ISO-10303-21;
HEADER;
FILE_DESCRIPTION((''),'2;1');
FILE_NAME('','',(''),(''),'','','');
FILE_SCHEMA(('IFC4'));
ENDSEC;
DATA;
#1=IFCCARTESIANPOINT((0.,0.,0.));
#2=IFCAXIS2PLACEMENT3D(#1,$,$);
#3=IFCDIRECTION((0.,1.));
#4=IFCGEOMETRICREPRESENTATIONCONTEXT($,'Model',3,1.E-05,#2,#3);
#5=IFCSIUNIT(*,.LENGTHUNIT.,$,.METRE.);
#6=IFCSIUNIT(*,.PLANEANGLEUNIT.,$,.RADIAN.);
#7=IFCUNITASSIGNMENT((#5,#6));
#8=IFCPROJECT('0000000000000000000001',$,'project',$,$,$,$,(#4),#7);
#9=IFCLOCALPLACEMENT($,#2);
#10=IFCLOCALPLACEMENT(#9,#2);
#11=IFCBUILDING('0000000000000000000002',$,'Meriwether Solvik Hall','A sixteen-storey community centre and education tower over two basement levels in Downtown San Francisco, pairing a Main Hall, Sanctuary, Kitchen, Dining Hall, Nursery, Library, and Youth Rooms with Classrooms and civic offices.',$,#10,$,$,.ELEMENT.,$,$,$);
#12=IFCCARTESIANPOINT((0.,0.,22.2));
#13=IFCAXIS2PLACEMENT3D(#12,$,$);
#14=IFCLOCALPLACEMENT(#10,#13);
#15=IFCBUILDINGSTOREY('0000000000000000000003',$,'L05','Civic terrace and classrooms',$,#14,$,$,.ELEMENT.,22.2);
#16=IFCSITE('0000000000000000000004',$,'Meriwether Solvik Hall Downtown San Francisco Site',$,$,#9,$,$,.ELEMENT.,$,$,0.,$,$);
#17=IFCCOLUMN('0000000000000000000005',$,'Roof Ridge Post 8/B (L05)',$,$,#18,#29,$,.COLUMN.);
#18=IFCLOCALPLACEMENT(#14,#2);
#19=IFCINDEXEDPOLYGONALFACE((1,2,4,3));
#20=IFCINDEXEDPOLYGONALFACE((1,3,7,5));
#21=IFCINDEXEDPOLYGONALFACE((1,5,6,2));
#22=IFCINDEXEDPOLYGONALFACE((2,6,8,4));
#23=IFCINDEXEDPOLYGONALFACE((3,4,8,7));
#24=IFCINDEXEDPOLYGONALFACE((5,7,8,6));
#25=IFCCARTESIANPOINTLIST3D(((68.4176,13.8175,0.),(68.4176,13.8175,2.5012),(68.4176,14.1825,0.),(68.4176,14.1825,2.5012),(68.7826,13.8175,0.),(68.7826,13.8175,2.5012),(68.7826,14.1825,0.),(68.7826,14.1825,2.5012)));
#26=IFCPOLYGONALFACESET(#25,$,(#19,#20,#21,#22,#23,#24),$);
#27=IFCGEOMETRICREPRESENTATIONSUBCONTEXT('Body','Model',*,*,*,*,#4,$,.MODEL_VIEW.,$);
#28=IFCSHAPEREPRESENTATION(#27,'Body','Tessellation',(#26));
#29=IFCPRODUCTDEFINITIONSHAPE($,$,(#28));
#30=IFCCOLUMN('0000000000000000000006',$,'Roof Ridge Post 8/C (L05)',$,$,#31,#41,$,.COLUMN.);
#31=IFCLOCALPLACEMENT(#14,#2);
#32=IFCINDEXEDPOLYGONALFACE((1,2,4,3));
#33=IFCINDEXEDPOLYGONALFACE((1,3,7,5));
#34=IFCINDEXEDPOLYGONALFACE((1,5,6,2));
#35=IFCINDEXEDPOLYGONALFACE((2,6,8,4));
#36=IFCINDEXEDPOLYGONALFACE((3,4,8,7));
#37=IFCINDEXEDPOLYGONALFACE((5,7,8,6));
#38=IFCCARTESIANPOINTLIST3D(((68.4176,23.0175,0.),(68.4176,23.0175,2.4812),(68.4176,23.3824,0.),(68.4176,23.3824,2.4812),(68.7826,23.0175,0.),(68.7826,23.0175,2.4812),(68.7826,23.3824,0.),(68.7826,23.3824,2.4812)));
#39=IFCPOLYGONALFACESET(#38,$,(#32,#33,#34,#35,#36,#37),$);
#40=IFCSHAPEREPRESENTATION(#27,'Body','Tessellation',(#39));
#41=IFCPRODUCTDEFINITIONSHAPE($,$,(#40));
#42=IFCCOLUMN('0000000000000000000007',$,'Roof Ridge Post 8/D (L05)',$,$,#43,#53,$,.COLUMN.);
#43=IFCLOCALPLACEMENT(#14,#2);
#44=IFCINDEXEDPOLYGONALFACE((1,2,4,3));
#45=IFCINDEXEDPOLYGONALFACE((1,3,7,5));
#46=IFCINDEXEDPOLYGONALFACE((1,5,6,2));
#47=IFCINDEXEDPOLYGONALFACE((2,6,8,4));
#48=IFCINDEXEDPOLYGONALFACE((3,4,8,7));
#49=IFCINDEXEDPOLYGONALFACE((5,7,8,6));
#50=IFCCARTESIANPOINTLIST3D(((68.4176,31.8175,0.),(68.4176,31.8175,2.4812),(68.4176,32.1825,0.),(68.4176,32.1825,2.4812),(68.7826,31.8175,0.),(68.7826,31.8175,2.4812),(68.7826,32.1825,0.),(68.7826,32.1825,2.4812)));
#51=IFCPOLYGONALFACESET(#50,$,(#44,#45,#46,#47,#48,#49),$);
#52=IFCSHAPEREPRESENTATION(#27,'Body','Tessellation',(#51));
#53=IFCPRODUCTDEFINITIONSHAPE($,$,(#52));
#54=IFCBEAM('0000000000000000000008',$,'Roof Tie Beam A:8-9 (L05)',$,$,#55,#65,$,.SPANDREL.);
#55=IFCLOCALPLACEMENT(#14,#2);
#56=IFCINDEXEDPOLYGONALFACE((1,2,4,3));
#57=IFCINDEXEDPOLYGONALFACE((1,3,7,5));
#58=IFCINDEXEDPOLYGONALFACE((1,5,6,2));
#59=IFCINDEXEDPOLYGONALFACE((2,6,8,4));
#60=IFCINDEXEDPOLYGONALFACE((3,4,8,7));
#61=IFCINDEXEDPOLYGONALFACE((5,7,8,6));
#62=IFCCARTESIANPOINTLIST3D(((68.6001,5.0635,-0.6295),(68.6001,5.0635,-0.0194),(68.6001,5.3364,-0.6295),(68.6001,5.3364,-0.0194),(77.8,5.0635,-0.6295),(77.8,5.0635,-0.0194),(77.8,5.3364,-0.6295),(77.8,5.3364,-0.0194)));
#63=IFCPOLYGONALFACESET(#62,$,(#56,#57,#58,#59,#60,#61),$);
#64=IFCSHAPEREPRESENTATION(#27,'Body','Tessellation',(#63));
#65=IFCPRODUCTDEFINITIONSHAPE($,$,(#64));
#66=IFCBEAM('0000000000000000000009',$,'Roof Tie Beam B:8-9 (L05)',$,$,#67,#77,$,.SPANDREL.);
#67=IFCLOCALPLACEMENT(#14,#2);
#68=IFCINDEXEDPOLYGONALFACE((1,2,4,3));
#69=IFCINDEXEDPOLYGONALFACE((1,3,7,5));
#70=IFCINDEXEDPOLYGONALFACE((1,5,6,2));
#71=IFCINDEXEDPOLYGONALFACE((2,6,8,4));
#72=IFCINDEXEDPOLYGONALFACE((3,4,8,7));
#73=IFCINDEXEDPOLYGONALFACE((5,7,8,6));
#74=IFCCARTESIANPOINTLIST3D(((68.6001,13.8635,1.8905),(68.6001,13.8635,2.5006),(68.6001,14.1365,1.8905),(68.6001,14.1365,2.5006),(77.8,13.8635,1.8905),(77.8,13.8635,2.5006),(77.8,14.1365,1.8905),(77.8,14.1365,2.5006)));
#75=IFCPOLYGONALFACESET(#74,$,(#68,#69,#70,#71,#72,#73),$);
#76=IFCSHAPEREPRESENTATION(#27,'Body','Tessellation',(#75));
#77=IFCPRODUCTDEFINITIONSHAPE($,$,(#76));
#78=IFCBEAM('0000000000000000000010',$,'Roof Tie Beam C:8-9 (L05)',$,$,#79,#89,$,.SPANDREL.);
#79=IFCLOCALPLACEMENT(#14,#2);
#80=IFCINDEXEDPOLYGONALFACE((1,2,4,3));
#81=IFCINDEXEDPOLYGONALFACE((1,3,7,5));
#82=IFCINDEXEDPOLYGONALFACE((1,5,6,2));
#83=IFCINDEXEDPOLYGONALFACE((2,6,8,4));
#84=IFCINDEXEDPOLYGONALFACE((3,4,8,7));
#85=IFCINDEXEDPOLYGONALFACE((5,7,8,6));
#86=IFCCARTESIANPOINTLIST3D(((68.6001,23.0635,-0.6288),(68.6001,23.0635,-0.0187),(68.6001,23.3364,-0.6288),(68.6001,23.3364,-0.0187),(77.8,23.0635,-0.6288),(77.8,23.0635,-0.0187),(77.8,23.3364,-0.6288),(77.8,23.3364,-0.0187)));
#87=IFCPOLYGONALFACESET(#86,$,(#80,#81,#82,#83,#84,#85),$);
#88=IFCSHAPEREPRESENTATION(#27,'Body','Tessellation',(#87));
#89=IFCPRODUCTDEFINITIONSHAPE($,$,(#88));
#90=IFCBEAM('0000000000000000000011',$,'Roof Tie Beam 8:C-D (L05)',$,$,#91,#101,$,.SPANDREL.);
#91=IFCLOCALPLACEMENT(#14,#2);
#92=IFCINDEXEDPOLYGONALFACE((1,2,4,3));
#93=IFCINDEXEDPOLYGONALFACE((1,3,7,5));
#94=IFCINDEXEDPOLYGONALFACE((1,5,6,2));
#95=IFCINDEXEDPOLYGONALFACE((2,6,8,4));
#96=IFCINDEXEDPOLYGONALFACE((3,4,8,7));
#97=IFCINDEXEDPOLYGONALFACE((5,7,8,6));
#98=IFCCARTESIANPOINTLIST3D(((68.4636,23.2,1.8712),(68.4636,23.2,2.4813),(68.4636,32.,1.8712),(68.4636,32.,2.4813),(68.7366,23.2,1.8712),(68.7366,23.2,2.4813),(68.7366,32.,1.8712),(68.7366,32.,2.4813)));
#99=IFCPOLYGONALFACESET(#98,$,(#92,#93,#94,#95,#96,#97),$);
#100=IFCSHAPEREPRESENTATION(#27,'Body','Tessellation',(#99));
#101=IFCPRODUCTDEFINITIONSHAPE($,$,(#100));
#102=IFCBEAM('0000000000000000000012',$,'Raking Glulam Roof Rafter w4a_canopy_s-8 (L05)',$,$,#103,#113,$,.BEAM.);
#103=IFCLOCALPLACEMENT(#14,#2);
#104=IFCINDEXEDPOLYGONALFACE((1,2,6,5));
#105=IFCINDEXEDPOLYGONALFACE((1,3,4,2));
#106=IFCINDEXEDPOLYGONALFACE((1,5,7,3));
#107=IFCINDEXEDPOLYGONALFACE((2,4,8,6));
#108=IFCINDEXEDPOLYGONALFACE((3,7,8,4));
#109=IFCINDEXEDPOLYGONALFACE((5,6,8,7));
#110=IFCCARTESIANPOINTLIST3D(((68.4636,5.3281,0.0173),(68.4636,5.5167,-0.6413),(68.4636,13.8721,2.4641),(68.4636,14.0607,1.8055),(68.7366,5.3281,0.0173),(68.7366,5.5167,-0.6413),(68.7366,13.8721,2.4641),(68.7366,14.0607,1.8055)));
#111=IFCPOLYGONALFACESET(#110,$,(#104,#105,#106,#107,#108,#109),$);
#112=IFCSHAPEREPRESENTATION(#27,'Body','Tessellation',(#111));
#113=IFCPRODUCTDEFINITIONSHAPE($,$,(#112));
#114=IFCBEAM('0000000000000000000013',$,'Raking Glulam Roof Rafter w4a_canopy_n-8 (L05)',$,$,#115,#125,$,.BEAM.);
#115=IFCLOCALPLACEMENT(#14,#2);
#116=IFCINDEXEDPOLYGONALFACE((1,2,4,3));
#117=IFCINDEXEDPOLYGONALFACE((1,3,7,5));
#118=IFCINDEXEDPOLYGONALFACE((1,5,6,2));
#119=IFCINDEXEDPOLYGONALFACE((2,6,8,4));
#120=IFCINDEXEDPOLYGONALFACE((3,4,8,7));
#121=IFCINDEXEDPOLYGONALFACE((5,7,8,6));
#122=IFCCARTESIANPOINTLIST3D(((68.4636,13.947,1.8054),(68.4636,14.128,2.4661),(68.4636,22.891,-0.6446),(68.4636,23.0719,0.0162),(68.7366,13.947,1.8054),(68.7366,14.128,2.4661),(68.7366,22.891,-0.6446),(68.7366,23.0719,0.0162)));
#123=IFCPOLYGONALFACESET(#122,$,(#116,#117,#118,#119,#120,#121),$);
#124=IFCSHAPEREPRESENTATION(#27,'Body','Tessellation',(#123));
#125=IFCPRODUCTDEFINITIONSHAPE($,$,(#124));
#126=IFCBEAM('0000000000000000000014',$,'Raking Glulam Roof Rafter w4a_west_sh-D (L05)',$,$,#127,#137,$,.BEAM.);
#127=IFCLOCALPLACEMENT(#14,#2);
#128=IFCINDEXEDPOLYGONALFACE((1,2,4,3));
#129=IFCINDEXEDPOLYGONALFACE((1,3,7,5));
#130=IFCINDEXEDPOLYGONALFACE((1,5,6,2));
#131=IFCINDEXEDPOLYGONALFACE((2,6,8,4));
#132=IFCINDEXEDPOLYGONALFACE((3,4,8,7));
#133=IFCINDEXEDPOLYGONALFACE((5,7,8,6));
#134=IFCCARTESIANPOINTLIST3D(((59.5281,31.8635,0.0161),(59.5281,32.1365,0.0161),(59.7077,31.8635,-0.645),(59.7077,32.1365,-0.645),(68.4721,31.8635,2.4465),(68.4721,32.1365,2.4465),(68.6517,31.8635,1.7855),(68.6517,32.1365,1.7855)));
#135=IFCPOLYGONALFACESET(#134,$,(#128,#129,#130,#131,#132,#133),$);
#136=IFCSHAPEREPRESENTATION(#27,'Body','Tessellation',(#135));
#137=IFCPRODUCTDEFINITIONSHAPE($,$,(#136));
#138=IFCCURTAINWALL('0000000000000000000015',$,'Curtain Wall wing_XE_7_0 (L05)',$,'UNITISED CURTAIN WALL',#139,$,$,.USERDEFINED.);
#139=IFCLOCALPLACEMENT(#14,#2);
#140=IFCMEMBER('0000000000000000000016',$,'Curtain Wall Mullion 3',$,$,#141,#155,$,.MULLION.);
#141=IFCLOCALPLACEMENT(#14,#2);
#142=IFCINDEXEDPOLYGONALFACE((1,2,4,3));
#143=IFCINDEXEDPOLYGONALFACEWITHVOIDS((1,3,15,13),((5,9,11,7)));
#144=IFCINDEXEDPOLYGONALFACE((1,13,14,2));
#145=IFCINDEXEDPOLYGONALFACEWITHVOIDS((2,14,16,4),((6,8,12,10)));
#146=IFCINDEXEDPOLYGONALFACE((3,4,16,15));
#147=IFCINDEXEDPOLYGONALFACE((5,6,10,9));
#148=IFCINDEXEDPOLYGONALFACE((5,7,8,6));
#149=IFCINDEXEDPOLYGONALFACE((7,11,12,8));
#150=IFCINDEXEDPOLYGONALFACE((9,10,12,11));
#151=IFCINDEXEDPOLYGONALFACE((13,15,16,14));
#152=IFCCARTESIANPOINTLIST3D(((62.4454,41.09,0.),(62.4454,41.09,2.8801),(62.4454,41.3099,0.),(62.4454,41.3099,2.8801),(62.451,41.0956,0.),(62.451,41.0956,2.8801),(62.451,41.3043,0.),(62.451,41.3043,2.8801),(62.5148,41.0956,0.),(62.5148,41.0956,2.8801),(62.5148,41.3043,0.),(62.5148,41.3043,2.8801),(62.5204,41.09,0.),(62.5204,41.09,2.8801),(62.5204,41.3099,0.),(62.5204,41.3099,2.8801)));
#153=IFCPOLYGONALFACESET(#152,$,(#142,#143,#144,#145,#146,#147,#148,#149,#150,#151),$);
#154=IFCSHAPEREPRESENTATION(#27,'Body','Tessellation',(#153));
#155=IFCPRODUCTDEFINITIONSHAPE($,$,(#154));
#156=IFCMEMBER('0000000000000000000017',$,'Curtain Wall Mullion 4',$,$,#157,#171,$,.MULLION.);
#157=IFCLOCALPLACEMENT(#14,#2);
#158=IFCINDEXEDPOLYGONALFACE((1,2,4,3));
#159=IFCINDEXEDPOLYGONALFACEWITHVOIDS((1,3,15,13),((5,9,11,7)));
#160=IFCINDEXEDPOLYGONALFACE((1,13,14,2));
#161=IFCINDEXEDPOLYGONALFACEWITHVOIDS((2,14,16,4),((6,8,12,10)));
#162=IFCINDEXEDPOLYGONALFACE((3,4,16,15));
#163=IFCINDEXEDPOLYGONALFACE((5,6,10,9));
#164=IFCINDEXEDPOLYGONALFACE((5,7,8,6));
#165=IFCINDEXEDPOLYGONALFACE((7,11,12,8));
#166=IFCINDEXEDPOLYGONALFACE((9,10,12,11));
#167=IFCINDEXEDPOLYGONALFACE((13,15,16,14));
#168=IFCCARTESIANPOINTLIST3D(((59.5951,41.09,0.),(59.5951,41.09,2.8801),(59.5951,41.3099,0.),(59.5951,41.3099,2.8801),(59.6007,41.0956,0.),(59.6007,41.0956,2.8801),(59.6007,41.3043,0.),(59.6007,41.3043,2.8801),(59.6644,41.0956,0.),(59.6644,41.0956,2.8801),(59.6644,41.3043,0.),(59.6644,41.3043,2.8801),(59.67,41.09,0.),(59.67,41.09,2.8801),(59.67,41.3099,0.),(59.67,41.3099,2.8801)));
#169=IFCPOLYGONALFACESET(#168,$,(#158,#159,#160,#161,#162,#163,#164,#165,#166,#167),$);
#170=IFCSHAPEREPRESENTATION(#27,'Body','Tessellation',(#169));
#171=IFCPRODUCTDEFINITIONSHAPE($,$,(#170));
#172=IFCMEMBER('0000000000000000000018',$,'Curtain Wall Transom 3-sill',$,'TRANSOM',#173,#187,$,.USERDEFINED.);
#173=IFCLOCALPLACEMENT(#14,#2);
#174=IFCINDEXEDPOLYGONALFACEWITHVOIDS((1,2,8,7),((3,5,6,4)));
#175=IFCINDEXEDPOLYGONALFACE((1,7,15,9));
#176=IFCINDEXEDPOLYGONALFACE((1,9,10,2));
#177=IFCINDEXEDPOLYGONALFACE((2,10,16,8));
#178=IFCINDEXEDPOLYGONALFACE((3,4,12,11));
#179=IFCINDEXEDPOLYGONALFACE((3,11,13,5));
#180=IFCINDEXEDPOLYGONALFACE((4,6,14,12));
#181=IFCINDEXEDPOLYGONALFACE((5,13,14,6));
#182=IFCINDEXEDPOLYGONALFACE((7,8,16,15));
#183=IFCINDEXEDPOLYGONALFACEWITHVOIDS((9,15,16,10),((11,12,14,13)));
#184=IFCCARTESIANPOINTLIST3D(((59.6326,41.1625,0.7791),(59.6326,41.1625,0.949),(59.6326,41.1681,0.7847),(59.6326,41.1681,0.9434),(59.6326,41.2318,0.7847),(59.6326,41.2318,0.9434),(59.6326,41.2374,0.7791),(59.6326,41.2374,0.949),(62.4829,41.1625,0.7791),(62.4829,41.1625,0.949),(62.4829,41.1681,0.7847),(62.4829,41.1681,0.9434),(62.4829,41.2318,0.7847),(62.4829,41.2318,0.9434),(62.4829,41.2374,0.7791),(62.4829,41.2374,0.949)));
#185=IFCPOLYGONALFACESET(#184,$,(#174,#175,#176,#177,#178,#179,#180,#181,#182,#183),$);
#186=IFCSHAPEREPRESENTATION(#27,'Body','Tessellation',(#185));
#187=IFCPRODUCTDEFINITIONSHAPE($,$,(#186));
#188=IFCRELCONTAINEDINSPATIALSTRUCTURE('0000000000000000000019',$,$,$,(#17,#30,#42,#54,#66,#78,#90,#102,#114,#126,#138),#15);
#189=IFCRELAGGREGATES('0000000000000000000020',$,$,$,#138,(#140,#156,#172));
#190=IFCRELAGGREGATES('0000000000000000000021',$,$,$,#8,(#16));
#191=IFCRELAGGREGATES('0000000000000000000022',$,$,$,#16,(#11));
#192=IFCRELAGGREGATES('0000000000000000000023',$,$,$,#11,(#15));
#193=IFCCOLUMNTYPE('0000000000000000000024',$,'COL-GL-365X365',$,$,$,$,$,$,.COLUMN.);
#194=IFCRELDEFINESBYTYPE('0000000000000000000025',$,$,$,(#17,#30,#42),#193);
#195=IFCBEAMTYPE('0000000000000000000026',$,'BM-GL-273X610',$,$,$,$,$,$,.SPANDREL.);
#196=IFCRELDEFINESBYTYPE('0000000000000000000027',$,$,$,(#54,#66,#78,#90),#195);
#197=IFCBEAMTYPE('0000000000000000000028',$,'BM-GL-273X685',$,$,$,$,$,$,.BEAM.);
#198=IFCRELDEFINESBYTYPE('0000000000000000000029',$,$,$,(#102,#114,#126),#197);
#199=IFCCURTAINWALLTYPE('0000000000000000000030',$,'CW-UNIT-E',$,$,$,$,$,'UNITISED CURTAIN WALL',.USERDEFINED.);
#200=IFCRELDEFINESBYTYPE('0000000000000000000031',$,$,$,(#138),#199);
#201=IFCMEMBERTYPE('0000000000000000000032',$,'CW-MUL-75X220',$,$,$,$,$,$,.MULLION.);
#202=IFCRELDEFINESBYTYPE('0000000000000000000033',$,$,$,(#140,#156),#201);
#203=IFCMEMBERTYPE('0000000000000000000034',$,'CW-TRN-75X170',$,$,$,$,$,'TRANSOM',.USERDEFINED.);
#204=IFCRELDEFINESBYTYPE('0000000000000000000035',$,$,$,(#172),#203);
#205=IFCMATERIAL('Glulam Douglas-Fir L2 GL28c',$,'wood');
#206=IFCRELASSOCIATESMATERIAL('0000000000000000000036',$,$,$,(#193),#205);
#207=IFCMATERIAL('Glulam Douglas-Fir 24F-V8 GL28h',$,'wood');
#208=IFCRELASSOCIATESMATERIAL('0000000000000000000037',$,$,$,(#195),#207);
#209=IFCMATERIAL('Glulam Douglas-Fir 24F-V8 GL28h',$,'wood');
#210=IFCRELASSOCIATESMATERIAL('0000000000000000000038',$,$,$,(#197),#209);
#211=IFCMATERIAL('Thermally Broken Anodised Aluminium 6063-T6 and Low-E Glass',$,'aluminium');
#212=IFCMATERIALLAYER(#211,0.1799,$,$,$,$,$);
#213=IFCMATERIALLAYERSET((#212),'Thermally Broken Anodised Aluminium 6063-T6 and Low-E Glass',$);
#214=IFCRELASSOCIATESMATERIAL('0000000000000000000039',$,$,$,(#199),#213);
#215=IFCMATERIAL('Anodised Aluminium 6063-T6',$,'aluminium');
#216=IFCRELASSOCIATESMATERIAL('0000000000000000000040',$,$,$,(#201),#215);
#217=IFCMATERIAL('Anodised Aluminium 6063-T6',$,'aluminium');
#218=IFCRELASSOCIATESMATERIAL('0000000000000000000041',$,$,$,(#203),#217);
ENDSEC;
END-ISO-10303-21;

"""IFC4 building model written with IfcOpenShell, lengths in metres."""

from ifc_helpers import new_model, si_unit, direction, frame, origin, origin_2d, place, context, subcontext, project, spatial, rectangle, hollow_rectangle, extrude, material, layer, layer_set, material_profile, profile_set, type_object, element, aggregate, save


model = new_model("IFC4")

# Units and contexts
model_context = context("Model", 3, precision=1e-05, world=origin(), true_north=direction((0.0, 1.0)))
body_context = subcontext(model_context, "Body", "Model", "MODEL_VIEW")
ifc_project = project(units=[si_unit("LENGTHUNIT", "METRE"), si_unit("PLANEANGLEUNIT", "RADIAN")], contexts=[model_context])

# Site, building, storey
site_placement = place(None, origin())
site = spatial("IfcSite", under=ifc_project, at=site_placement, Name="Meriwether Solvik Hall Downtown San Francisco Site", CompositionType="ELEMENT", RefElevation=0.0)
building_placement = place(site_placement, origin())
building = spatial("IfcBuilding", under=site, at=building_placement, Name="Meriwether Solvik Hall", Description="A sixteen-storey community centre and education tower over two basement levels in Downtown San Francisco, pairing a Main Hall, Sanctuary, Kitchen, Dining Hall, Nursery, Library, and Youth Rooms with Classrooms and civic offices.", CompositionType="ELEMENT")
storey_placement = place(building_placement, frame((0.0, 0.0, 22.2)))
storey = spatial("IfcBuildingStorey", under=building, at=storey_placement, Name="L05", Description="Civic terrace and classrooms", CompositionType="ELEMENT", Elevation=22.2)

# Columns
ifc_material_1 = material(Name="Glulam Douglas-Fir L2 GL28c", Category="wood")
ifc_material_profile_1 = material_profile(ifc_material_1, rectangle(XDim=0.365, YDim=0.365, at=origin_2d()), Name="GLC-365X365")
ifc_profile_set_1 = profile_set([ifc_material_profile_1], Name="Glulam Douglas-Fir L2 GL28c")
column_type = type_object("IfcColumnType", Name="COL-GL-365X365", PredefinedType="COLUMN", material=ifc_profile_set_1)
column_placement = place(storey_placement, frame((68.6001, 14.0, 0.0), z_axis=(0.0, 0.0, 1.0), x_axis=(1.0, 0.0, 0.0)))
element("IfcColumn", 1, at=column_placement, inside=storey, type_object=column_type, Name="Roof Ridge Post 8/B (L05)", PredefinedType="COLUMN", context=body_context, shape_type="SweptSolid", body=[
    extrude(rectangle(XDim=0.365, YDim=0.365, at=origin_2d()), origin(), (0.0, 0.0, 1.0), 2.5012),
])
for number, where, z_axis, x_axis, name in (
    (2, (68.6001, 23.2, 0.0), (0.0, 0.0, 1.0), (1.0, 0.0, 0.0), "Roof Ridge Post 8/C (L05)"),
    (3, (68.6001, 32.0, 0.0), (0.0, 0.0, 1.0), (1.0, 0.0, 0.0), "Roof Ridge Post 8/D (L05)"),
):
    element("IfcColumn", number, at=place(storey_placement, frame(where, z_axis=z_axis, x_axis=x_axis)), inside=storey, type_object=column_type, Name=name, PredefinedType="COLUMN", context=body_context, shape_type="SweptSolid", body=[
        extrude(rectangle(XDim=0.365, YDim=0.365, at=origin_2d()), origin(), (0.0, 0.0, 1.0), 2.4812),
    ])

# Beams
ifc_material_2 = material(Name="Glulam Douglas-Fir 24F-V8 GL28h", Category="wood")
ifc_material_profile_2 = material_profile(ifc_material_2, rectangle(XDim=0.2729, YDim=0.6101, at=origin_2d()), Name="GLB-273X610")
ifc_profile_set_2 = profile_set([ifc_material_profile_2], Name="Glulam Douglas-Fir 24F-V8 GL28h")
beam_type_1 = type_object("IfcBeamType", Name="BM-GL-273X610", PredefinedType="SPANDREL", material=ifc_profile_set_2)
for number, where, z_axis, x_axis, name in (
    (4, (68.6001, 5.2, -0.3245), (1.0, 0.0, 0.0), (0.0, 1.0, 0.0), "Roof Tie Beam A:8-9 (L05)"),
    (5, (68.6001, 14.0, 2.1956), (1.0, 0.0, 0.0), (0.0, 1.0, 0.0), "Roof Tie Beam B:8-9 (L05)"),
    (6, (68.6001, 23.2, -0.3237), (1.0, 0.0, 0.0), (0.0, 1.0, 0.0), "Roof Tie Beam C:8-9 (L05)"),
):
    element("IfcBeam", number, at=place(storey_placement, frame(where, z_axis=z_axis, x_axis=x_axis)), inside=storey, type_object=beam_type_1, Name=name, PredefinedType="SPANDREL", context=body_context, shape_type="SweptSolid", body=[
        extrude(rectangle(XDim=0.2729, YDim=0.6101, at=origin_2d()), origin(), (0.0, 0.0, 1.0), 9.2),
    ])
beam_1_placement = place(storey_placement, frame((68.6001, 23.2, 2.1763), z_axis=(0.0, 1.0, 0.0), x_axis=(-1.0, 0.0, 0.0)))
element("IfcBeam", 7, at=beam_1_placement, inside=storey, type_object=beam_type_1, Name="Roof Tie Beam 8:C-D (L05)", PredefinedType="SPANDREL", context=body_context, shape_type="SweptSolid", body=[
    extrude(rectangle(XDim=0.2729, YDim=0.6101, at=origin_2d()), origin(), (0.0, 0.0, 1.0), 8.8),
])
ifc_material_3 = material(Name="Glulam Douglas-Fir 24F-V8 GL28h", Category="wood")
ifc_material_profile_3 = material_profile(ifc_material_3, rectangle(XDim=0.2729, YDim=0.6851, at=origin_2d()), Name="GLB-273X685")
ifc_profile_set_3 = profile_set([ifc_material_profile_3], Name="Glulam Douglas-Fir 24F-V8 GL28h")
beam_type_2 = type_object("IfcBeamType", Name="BM-GL-273X685", PredefinedType="BEAM", material=ifc_profile_set_3)
beam_2_placement = place(storey_placement, frame((68.6001, 5.4224, -0.312), z_axis=(0.0, 0.961356, 0.275309), x_axis=(-1.0, 0.0, 0.0)))
element("IfcBeam", 8, at=beam_2_placement, inside=storey, type_object=beam_type_2, Name="Raking Glulam Roof Rafter w4a_canopy_s-8 (L05)", PredefinedType="BEAM", context=body_context, shape_type="SweptSolid", body=[
    extrude(rectangle(XDim=0.2729, YDim=0.6851, at=origin_2d()), origin(), (0.0, 0.0, 1.0), 8.8875),
])
beam_3_placement = place(storey_placement, frame((68.6001, 22.9814, -0.3142), z_axis=(0.0, -0.96447, 0.264193), x_axis=(1.0, 0.0, 0.0)))
element("IfcBeam", 9, at=beam_3_placement, inside=storey, type_object=beam_type_2, Name="Raking Glulam Roof Rafter w4a_canopy_n-8 (L05)", PredefinedType="BEAM", context=body_context, shape_type="SweptSolid", body=[
    extrude(rectangle(XDim=0.2729, YDim=0.6851, at=origin_2d()), origin(), (0.0, 0.0, 1.0), 9.2734),
])
beam_4_placement = place(storey_placement, frame((59.6179, 32.0, -0.3145), z_axis=(0.965005, 0.0, 0.262232), x_axis=(0.0, 1.0, 0.0)))
element("IfcBeam", 10, at=beam_4_placement, inside=storey, type_object=beam_type_2, Name="Raking Glulam Roof Rafter w4a_west_sh-D (L05)", PredefinedType="BEAM", context=body_context, shape_type="SweptSolid", body=[
    extrude(rectangle(XDim=0.2729, YDim=0.6851, at=origin_2d()), origin(), (0.0, 0.0, 1.0), 9.2683),
])

# Curtain wall, members
ifc_material_4 = material(Name="Thermally Broken Anodised Aluminium 6063-T6 and Low-E Glass", Category="aluminium")
ifc_layer_1 = layer(ifc_material_4, 0.1799)
ifc_layer_set_1 = layer_set([ifc_layer_1], Name="Thermally Broken Anodised Aluminium 6063-T6 and Low-E Glass")
curtain_wall_type = type_object("IfcCurtainWallType", Name="CW-UNIT-E", ElementType="UNITISED CURTAIN WALL", PredefinedType="USERDEFINED", material=ifc_layer_set_1)
curtain_wall_placement = place(storey_placement, origin())
curtain_wall = element("IfcCurtainWall", 11, at=curtain_wall_placement, inside=storey, type_object=curtain_wall_type, Name="Curtain Wall wing_XE_7_0 (L05)", ObjectType="UNITISED CURTAIN WALL", PredefinedType="USERDEFINED")
ifc_material_5 = material(Name="Anodised Aluminium 6063-T6", Category="aluminium")
ifc_material_profile_4 = material_profile(ifc_material_5, hollow_rectangle(XDim=0.075, YDim=0.22, WallThickness=0.0056, at=origin_2d()), Name="CWM-75X220")
ifc_profile_set_4 = profile_set([ifc_material_profile_4], Name="Anodised Aluminium 6063-T6")
member_type_1 = type_object("IfcMemberType", Name="CW-MUL-75X220", PredefinedType="MULLION", material=ifc_profile_set_4)
member_1_placement = place(storey_placement, frame((62.4829, 41.2, 0.0), z_axis=(0.0, 0.0, 1.0), x_axis=(-1.0, 0.0, 0.0)))
member_1 = element("IfcMember", 12, at=member_1_placement, type_object=member_type_1, Name="Curtain Wall Mullion 3", PredefinedType="MULLION", context=body_context, shape_type="SweptSolid", body=[
    extrude(hollow_rectangle(XDim=0.075, YDim=0.22, WallThickness=0.0056, at=origin_2d()), origin(), (0.0, 0.0, 1.0), 2.8801),
])
member_2_placement = place(storey_placement, frame((59.6326, 41.2, 0.0), z_axis=(0.0, 0.0, 1.0), x_axis=(-1.0, 0.0, 0.0)))
member_2 = element("IfcMember", 13, at=member_2_placement, type_object=member_type_1, Name="Curtain Wall Mullion 4", PredefinedType="MULLION", context=body_context, shape_type="SweptSolid", body=[
    extrude(hollow_rectangle(XDim=0.075, YDim=0.22, WallThickness=0.0056, at=origin_2d()), origin(), (0.0, 0.0, 1.0), 2.8801),
])
ifc_material_6 = material(Name="Anodised Aluminium 6063-T6", Category="aluminium")
ifc_material_profile_5 = material_profile(ifc_material_6, hollow_rectangle(XDim=0.075, YDim=0.1699, WallThickness=0.0056, at=origin_2d()), Name="CWT-75X170")
ifc_profile_set_5 = profile_set([ifc_material_profile_5], Name="Anodised Aluminium 6063-T6")
member_type_2 = type_object("IfcMemberType", Name="CW-TRN-75X170", ElementType="TRANSOM", PredefinedType="USERDEFINED", material=ifc_profile_set_5)
member_3_placement = place(storey_placement, frame((62.4829, 41.2, 0.864), z_axis=(-1.0, 0.0, 0.0), x_axis=(0.0, -1.0, 0.0)))
member_3 = element("IfcMember", 14, at=member_3_placement, type_object=member_type_2, Name="Curtain Wall Transom 3-sill", ObjectType="TRANSOM", PredefinedType="USERDEFINED", context=body_context, shape_type="SweptSolid", body=[
    extrude(hollow_rectangle(XDim=0.075, YDim=0.1699, WallThickness=0.0056, at=origin_2d()), origin(), (0.0, 0.0, 1.0), 2.8503),
])

aggregate(curtain_wall, [member_1, member_2, member_3])

save(model, "model.ifc")
